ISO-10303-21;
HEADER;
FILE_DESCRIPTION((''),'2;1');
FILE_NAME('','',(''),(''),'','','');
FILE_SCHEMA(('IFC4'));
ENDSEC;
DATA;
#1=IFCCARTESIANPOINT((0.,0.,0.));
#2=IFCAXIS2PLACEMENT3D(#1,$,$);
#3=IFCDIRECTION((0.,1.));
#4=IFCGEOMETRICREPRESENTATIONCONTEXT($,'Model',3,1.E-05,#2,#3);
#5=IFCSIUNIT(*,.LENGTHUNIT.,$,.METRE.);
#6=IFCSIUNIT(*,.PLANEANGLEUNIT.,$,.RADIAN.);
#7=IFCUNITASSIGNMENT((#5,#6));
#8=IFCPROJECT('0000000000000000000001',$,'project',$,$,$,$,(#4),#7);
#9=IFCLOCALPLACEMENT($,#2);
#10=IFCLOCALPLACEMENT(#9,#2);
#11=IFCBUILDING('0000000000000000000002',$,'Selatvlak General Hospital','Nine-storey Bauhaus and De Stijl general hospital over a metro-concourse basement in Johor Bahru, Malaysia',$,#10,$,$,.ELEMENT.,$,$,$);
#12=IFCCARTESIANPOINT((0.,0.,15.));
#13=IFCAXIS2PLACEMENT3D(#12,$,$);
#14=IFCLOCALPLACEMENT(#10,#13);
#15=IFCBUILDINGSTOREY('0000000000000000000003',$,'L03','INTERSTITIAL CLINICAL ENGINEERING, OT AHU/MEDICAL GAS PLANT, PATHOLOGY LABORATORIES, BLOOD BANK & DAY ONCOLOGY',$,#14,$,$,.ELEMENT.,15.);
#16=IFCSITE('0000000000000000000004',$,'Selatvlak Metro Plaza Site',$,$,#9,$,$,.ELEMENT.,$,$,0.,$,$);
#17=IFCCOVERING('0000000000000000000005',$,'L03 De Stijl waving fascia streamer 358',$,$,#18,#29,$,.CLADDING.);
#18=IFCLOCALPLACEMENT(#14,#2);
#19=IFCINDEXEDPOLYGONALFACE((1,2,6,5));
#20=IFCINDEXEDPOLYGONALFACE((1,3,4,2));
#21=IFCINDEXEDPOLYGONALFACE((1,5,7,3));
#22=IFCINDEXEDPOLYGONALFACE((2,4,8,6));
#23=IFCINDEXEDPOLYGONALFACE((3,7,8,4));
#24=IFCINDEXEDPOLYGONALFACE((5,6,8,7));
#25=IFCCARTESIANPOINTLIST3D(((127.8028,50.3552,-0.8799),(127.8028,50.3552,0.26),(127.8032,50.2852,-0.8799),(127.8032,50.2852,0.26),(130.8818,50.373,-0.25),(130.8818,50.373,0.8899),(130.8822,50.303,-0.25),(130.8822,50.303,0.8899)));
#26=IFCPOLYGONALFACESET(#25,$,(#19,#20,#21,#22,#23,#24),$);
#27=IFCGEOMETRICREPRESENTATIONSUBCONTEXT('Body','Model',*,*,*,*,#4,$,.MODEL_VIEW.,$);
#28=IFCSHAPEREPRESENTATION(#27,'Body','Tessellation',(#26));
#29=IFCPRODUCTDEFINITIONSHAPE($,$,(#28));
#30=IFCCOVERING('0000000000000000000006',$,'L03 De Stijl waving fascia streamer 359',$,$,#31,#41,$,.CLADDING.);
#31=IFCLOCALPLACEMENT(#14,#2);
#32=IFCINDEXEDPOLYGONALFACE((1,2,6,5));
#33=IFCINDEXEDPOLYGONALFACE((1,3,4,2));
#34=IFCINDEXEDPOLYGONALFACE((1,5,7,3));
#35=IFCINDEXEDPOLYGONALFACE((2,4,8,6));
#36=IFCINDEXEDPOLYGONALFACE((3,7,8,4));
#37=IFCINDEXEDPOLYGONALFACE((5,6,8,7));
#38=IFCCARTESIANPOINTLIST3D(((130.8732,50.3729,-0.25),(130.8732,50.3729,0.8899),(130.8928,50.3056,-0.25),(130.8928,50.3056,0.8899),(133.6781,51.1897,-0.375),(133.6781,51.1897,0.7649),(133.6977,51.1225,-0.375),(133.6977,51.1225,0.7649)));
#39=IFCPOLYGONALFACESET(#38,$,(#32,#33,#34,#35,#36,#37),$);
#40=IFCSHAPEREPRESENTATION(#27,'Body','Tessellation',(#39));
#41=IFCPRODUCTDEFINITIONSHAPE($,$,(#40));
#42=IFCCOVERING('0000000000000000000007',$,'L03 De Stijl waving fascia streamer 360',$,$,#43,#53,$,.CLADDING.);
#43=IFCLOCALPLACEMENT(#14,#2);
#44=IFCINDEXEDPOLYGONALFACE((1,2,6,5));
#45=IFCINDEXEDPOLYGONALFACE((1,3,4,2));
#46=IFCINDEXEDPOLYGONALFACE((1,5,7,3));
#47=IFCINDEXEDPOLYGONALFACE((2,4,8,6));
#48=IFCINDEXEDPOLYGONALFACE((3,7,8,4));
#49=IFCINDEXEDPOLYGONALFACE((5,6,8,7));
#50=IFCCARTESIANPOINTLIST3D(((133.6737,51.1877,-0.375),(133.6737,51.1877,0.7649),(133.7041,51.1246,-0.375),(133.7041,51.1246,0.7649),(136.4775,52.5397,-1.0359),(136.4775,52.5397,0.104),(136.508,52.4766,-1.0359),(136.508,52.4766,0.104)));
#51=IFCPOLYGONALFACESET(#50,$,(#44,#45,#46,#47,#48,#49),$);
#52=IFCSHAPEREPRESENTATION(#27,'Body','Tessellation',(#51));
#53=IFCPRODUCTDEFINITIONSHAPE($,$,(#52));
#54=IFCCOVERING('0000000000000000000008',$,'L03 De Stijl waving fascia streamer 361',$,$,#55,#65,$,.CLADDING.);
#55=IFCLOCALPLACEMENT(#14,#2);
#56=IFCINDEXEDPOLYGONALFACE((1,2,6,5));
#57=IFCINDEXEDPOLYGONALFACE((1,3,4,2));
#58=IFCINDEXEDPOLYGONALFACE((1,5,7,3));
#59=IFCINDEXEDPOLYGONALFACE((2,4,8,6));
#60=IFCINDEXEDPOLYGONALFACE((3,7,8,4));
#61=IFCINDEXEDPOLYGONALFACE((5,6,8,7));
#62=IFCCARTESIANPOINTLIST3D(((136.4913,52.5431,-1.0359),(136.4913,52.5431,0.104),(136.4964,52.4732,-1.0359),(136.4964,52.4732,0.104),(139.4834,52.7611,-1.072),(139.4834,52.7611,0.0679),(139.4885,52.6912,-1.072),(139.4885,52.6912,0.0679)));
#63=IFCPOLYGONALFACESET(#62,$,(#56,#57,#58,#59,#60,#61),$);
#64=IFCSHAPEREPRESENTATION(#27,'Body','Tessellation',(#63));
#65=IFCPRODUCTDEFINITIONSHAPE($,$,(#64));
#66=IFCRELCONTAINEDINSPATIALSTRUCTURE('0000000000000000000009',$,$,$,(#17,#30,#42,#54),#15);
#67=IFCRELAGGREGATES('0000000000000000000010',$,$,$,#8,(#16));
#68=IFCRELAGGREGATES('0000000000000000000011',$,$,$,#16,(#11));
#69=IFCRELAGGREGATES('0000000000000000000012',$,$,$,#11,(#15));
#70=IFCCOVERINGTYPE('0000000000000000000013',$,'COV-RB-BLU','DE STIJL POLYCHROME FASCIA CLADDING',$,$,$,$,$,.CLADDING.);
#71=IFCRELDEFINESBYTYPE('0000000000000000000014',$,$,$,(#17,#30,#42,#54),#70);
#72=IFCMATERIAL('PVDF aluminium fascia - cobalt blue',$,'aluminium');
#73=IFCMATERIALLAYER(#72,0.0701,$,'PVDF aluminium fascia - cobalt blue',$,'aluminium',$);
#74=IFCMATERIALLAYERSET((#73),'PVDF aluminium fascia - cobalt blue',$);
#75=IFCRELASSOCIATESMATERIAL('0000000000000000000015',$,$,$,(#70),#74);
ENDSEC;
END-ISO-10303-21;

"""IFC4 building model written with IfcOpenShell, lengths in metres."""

from ifc_helpers import new_model, si_unit, direction, frame, origin, place, context, subcontext, project, spatial, polyline, outline, extrude, material, layer, layer_set, type_object, element, save


model = new_model("IFC4")

# Units and contexts
model_context = context("Model", 3, precision=1e-05, world=origin(), true_north=direction((0.0, 1.0)))
body_context = subcontext(model_context, "Body", "Model", "MODEL_VIEW")
ifc_project = project(units=[si_unit("LENGTHUNIT", "METRE"), si_unit("PLANEANGLEUNIT", "RADIAN")], contexts=[model_context])

# Site, building, storey
site_placement = place(None, origin())
site = spatial("IfcSite", under=ifc_project, at=site_placement, Name="Selatvlak Metro Plaza Site", CompositionType="ELEMENT", RefElevation=0.0)
building_placement = place(site_placement, origin())
building = spatial("IfcBuilding", under=site, at=building_placement, Name="Selatvlak General Hospital", Description="Nine-storey Bauhaus and De Stijl general hospital over a metro-concourse basement in Johor Bahru, Malaysia", CompositionType="ELEMENT")
storey_placement = place(building_placement, frame((0.0, 0.0, 15.0)))
storey = spatial("IfcBuildingStorey", under=building, at=storey_placement, Name="L03", Description="INTERSTITIAL CLINICAL ENGINEERING, OT AHU/MEDICAL GAS PLANT, PATHOLOGY LABORATORIES, BLOOD BANK & DAY ONCOLOGY", CompositionType="ELEMENT", Elevation=15.0)

# Coverings
ifc_material_1 = material(Name="PVDF aluminium fascia - cobalt blue", Category="aluminium")
ifc_layer_1 = layer(ifc_material_1, 0.0701, Name="PVDF aluminium fascia - cobalt blue", Category="aluminium")
ifc_layer_set_1 = layer_set([ifc_layer_1], Name="PVDF aluminium fascia - cobalt blue")
covering_type = type_object("IfcCoveringType", Name="COV-RB-BLU", Description="DE STIJL POLYCHROME FASCIA CLADDING", PredefinedType="CLADDING", material=ifc_layer_set_1)
covering_1_placement = place(storey_placement, frame((127.803, 50.3201, -0.8799), z_axis=(0.0, 0.0, 1.0), x_axis=(0.999983, 0.005788, 0.0)))
element("IfcCovering", 1, at=covering_1_placement, inside=storey, type_object=covering_type, Name="L03 De Stijl waving fascia streamer 358", PredefinedType="CLADDING", context=body_context, shape_type="SweptSolid", body=[
    extrude(outline(polyline([(0.0, 0.0), (3.0791, 0.6299), (3.0791, 1.7698), (0.0, 1.1399), (0.0, 0.0)])), frame((0.0, 0.0352, 0.0), z_axis=(0.0, -1.0, 0.0), x_axis=(1.0, 0.0, 0.0)), (0.0, 0.0, 1.0), 0.0701),
])
covering_2_placement = place(storey_placement, frame((130.8831, 50.3391, -0.25), z_axis=(0.0, 0.0, 1.0), x_axis=(0.960111, 0.279618, 0.0)))
element("IfcCovering", 2, at=covering_2_placement, inside=storey, type_object=covering_type, Name="L03 De Stijl waving fascia streamer 359", PredefinedType="CLADDING", context=body_context, shape_type="SweptSolid", body=[
    extrude(outline(polyline([(0.0, 0.0), (2.9214, -0.125), (2.9214, 1.0149), (0.0, 1.1399), (0.0, 0.0)])), frame((0.0, 0.0352, 0.0), z_axis=(0.0, -1.0, 0.0), x_axis=(1.0, 0.0, 0.0)), (0.0, 0.0, 1.0), 0.0701),
])
covering_3_placement = place(storey_placement, frame((133.689, 51.156, -0.375), z_axis=(0.0, 0.0, 1.0), x_axis=(0.900751, 0.434337, 0.0)))
element("IfcCovering", 3, at=covering_3_placement, inside=storey, type_object=covering_type, Name="L03 De Stijl waving fascia streamer 360", PredefinedType="CLADDING", context=body_context, shape_type="SweptSolid", body=[
    extrude(outline(polyline([(0.0, 0.0), (3.1128, -0.6609), (3.1128, 0.479), (0.0, 1.1399), (0.0, 0.0)])), frame((0.0, 0.0352, 0.0), z_axis=(0.0, -1.0, 0.0), x_axis=(1.0, 0.0, 0.0)), (0.0, 0.0, 1.0), 0.0701),
])
covering_4_placement = place(storey_placement, frame((136.4939, 52.5081, -1.0359), z_axis=(0.0, 0.0, 1.0), x_axis=(0.997356, 0.07267, 0.0)))
element("IfcCovering", 4, at=covering_4_placement, inside=storey, type_object=covering_type, Name="L03 De Stijl waving fascia streamer 361", PredefinedType="CLADDING", context=body_context, shape_type="SweptSolid", body=[
    extrude(outline(polyline([(0.0, 0.0), (3.0, -0.0361), (3.0, 1.1038), (0.0, 1.1399), (0.0, 0.0)])), frame((0.0, 0.0352, 0.0), z_axis=(0.0, -1.0, 0.0), x_axis=(1.0, 0.0, 0.0)), (0.0, 0.0, 1.0), 0.0701),
])

save(model, "model.ifc")
